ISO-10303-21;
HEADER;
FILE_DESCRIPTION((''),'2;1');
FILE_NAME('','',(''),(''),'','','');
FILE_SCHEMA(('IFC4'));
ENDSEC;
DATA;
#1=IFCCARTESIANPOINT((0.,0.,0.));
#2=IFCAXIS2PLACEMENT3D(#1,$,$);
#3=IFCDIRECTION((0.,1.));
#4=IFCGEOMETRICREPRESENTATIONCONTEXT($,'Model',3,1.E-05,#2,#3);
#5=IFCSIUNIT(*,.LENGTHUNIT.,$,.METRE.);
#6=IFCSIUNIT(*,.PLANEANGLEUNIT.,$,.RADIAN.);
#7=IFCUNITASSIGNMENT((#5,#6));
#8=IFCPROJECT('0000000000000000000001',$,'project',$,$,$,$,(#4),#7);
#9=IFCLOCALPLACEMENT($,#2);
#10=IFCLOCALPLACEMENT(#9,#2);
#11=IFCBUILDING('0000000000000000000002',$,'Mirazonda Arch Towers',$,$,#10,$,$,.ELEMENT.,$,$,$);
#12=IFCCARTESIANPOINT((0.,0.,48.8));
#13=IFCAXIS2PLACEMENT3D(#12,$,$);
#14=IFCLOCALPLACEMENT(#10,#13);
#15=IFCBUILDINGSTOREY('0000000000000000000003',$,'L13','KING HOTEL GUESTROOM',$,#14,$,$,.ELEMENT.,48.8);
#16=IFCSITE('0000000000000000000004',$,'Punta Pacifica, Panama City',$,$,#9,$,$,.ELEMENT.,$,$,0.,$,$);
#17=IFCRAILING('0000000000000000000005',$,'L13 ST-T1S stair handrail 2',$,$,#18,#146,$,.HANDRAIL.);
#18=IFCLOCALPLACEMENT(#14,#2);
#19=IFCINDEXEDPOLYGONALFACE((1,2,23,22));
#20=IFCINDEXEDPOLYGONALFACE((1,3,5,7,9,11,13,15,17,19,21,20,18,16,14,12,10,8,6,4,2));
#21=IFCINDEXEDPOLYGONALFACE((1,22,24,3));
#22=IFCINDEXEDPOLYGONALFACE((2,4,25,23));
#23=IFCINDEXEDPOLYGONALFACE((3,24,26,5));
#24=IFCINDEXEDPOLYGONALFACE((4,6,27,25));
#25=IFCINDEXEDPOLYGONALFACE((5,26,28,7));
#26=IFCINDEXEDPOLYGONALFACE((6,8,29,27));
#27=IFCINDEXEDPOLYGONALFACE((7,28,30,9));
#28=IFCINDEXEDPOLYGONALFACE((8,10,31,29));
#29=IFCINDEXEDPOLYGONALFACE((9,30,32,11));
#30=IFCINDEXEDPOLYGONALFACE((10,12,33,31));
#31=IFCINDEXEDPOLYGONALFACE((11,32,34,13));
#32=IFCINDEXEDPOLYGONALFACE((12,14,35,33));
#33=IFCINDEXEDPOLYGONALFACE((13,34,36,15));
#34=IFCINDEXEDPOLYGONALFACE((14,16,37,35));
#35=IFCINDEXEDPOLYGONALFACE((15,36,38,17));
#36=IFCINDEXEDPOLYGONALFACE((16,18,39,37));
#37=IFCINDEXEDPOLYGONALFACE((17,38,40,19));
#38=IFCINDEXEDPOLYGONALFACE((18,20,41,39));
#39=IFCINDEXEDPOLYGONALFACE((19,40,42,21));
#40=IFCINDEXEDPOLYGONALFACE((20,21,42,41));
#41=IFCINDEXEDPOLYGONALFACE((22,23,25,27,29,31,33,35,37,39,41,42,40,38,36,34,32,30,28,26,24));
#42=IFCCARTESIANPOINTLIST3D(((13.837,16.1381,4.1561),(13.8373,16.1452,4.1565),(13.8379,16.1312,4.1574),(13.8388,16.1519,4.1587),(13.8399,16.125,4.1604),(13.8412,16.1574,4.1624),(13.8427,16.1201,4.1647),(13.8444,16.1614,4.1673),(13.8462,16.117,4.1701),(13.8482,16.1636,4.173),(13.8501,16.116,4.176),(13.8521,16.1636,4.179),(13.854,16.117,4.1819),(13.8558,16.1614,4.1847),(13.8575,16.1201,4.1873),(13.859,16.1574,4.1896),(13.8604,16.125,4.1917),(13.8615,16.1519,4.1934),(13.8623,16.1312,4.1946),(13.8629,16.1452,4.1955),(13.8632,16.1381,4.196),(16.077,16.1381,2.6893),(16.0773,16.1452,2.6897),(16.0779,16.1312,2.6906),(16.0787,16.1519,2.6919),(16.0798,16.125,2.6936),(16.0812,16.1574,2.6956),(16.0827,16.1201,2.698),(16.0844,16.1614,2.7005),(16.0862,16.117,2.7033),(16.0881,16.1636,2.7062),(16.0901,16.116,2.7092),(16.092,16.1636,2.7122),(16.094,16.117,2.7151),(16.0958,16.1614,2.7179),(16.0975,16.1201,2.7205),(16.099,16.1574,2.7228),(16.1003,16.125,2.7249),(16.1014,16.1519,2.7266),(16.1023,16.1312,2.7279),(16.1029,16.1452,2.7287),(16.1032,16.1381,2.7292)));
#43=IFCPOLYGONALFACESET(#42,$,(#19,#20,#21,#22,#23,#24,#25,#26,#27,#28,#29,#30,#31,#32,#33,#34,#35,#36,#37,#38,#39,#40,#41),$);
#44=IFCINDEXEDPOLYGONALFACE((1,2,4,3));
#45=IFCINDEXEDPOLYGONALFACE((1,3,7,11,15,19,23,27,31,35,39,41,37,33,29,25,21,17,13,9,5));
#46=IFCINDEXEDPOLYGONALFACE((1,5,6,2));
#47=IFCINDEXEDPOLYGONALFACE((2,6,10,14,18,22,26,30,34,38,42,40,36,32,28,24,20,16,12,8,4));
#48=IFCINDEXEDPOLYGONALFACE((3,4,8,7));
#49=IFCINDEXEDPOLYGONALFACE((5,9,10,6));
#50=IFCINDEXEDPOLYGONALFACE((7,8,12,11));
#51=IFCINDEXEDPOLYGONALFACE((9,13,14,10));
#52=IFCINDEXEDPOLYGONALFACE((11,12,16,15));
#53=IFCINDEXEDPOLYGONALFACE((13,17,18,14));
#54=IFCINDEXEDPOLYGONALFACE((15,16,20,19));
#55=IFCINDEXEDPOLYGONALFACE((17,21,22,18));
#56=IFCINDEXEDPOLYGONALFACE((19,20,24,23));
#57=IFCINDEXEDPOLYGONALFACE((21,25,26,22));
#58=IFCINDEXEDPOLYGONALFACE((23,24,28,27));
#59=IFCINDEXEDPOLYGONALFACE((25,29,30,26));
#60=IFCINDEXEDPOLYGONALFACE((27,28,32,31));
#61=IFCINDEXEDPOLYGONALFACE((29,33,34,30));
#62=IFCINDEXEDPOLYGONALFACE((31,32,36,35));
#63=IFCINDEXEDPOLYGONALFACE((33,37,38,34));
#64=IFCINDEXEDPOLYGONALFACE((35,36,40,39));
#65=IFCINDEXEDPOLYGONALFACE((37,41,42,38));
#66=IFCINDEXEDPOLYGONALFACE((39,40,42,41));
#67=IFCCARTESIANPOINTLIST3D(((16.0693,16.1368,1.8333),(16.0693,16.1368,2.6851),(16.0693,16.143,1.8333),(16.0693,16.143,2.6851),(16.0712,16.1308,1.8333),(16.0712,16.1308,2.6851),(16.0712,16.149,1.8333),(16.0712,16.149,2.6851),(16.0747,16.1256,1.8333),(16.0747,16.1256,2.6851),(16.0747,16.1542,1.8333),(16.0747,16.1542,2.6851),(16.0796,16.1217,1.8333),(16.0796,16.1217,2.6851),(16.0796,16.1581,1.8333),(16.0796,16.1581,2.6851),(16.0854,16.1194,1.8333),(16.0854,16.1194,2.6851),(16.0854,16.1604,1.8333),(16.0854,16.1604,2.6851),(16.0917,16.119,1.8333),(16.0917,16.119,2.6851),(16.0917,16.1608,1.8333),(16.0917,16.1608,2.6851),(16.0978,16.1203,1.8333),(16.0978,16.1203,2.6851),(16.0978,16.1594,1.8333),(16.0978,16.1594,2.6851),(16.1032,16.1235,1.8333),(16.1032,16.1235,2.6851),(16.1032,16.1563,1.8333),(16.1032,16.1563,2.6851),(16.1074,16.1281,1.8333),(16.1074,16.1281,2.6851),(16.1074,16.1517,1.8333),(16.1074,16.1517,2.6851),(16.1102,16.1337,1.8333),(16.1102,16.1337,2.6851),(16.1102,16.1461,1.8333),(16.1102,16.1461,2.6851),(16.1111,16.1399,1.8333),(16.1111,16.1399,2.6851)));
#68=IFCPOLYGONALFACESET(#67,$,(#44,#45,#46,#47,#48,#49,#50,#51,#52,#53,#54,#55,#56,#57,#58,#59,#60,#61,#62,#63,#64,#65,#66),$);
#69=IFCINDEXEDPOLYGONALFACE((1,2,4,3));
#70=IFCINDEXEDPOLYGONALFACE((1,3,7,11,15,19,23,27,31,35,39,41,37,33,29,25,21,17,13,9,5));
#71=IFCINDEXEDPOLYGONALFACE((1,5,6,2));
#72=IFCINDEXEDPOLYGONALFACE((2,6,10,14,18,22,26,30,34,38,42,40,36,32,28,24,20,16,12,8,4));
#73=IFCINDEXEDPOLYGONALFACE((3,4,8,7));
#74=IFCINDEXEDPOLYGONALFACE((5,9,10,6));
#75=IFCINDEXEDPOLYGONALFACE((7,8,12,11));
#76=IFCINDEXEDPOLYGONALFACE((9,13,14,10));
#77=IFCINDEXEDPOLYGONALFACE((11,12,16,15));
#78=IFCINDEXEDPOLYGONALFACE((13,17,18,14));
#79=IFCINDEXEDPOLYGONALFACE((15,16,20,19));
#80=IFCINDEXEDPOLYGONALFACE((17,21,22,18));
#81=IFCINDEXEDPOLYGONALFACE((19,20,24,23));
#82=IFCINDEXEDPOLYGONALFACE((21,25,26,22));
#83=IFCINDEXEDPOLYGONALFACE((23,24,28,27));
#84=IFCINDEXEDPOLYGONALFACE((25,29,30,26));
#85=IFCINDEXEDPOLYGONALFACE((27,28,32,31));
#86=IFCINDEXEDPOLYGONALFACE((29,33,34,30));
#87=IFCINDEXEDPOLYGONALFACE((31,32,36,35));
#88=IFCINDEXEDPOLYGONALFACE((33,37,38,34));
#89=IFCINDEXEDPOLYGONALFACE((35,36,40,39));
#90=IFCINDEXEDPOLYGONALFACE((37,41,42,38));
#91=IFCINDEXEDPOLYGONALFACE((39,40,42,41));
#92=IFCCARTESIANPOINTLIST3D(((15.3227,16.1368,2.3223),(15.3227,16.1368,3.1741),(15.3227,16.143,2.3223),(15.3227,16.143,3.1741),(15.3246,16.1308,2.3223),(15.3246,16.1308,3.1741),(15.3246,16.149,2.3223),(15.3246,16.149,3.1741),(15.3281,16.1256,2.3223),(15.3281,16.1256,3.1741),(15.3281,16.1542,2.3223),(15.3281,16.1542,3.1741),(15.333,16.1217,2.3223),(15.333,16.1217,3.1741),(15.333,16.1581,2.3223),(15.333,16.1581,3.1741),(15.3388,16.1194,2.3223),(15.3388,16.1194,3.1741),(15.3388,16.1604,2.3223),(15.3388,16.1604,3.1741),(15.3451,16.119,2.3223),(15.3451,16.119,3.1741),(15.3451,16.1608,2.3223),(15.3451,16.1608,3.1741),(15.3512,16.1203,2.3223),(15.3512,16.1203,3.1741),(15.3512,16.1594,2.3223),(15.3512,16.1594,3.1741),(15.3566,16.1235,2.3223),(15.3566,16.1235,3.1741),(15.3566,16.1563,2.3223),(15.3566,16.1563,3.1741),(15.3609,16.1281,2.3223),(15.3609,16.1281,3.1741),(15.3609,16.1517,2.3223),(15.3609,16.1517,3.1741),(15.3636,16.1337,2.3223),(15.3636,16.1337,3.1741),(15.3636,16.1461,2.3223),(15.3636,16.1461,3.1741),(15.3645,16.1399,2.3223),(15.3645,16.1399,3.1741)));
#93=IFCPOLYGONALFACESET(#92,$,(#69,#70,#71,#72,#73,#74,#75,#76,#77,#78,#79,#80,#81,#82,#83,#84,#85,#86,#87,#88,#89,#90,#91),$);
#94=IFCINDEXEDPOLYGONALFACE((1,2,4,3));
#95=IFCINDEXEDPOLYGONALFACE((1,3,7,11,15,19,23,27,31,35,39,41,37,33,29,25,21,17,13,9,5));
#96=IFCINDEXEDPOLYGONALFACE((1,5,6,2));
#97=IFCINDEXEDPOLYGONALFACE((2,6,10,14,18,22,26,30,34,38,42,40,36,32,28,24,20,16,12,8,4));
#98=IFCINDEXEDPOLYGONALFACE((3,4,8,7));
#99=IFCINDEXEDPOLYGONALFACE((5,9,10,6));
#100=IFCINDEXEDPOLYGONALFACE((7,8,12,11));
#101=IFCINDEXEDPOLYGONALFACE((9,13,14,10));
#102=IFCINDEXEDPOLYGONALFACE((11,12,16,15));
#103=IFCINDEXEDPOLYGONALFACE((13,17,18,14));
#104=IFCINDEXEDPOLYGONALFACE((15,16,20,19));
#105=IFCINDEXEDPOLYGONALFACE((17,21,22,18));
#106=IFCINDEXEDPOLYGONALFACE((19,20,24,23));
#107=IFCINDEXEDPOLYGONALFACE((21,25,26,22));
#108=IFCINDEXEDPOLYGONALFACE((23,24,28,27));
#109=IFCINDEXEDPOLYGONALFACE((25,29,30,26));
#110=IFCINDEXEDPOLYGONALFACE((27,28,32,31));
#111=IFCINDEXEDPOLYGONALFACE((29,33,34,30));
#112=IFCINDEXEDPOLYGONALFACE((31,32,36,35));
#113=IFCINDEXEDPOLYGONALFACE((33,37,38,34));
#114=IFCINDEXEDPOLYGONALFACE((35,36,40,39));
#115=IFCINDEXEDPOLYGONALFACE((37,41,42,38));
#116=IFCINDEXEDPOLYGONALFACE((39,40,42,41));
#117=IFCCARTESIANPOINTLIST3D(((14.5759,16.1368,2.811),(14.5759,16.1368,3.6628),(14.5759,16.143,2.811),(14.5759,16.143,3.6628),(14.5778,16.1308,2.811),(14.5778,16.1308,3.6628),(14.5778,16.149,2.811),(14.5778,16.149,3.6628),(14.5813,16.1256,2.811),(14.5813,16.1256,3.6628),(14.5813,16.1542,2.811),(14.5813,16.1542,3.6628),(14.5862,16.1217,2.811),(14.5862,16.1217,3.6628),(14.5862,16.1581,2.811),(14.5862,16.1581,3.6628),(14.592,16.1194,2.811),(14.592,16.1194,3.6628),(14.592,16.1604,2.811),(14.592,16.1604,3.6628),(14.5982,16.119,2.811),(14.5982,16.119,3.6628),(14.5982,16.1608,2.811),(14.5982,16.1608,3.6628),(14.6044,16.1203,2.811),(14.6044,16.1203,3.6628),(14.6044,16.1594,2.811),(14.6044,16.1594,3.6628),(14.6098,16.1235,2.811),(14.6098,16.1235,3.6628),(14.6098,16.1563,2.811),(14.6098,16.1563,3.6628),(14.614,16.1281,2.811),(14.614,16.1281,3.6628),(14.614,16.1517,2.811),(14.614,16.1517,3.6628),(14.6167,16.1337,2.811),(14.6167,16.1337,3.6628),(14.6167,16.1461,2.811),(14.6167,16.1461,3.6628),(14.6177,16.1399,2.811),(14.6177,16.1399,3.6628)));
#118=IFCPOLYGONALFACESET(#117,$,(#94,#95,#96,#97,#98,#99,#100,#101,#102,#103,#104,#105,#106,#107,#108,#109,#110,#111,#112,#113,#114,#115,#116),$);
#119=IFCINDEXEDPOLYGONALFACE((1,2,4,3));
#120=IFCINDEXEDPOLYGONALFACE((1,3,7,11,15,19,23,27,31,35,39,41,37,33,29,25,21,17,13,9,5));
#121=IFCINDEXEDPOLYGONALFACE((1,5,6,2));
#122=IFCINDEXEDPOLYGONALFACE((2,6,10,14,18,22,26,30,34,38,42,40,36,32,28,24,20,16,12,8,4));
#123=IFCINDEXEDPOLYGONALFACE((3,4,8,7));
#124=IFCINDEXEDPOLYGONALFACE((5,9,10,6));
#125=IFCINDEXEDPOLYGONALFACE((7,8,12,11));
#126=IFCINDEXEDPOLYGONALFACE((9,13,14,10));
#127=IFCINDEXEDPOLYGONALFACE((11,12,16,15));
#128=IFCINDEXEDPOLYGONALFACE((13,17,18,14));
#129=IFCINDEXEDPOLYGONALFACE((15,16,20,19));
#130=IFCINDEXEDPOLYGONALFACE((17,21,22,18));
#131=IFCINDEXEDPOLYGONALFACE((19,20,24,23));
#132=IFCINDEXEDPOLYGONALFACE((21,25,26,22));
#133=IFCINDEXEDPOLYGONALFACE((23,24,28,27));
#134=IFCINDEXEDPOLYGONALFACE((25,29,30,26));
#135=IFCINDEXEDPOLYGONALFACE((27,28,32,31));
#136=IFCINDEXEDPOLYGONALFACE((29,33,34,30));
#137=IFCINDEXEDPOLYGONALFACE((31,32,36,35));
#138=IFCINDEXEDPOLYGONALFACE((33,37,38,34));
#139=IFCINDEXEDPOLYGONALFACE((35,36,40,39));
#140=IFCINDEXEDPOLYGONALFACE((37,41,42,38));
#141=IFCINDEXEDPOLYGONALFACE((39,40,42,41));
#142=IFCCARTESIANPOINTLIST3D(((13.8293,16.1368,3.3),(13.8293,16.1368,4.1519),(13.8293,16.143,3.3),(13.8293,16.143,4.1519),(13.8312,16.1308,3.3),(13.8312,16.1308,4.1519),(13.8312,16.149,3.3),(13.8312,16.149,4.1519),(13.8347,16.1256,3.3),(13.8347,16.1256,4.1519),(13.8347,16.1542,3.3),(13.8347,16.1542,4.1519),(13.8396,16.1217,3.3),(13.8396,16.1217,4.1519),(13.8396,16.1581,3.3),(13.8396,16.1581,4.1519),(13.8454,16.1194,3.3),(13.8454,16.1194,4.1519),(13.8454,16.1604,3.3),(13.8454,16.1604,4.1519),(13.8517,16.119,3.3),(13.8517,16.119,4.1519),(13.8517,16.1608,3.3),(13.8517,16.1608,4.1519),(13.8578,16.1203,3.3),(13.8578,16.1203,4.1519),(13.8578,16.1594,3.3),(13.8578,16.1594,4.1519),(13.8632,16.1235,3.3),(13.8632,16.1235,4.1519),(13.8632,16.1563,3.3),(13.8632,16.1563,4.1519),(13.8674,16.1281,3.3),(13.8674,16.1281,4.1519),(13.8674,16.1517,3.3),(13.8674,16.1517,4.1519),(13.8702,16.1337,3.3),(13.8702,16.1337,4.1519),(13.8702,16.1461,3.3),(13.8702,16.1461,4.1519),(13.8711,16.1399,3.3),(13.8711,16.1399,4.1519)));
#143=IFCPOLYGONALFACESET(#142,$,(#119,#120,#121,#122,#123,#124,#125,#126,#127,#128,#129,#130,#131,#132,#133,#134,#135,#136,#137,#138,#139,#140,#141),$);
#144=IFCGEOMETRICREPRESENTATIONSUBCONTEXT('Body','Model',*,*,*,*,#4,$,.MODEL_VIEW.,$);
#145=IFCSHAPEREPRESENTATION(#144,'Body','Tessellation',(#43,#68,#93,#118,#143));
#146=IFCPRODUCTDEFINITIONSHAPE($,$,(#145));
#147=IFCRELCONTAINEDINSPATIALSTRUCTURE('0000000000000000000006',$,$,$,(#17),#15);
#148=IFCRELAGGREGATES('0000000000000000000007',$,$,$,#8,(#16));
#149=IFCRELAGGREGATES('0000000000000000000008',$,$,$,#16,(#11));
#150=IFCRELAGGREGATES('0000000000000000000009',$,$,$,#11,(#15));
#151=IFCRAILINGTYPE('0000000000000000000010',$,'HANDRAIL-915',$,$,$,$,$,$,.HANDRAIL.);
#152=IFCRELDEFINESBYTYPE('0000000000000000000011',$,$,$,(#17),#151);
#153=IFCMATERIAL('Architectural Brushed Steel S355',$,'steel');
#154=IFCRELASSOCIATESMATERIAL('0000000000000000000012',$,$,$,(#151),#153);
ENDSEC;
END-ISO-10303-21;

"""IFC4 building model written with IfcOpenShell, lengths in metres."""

from ifc_helpers import new_model, si_unit, direction, frame, origin, origin_2d, place, context, subcontext, project, spatial, circle, extrude, material, type_object, element, save


model = new_model("IFC4")

# Units and contexts
model_context = context("Model", 3, precision=1e-05, world=origin(), true_north=direction((0.0, 1.0)))
body_context = subcontext(model_context, "Body", "Model", "MODEL_VIEW")
ifc_project = project(units=[si_unit("LENGTHUNIT", "METRE"), si_unit("PLANEANGLEUNIT", "RADIAN")], contexts=[model_context])

# Site, building, storey
site_placement = place(None, origin())
site = spatial("IfcSite", under=ifc_project, at=site_placement, Name="Punta Pacifica, Panama City", CompositionType="ELEMENT", RefElevation=0.0)
building_placement = place(site_placement, origin())
building = spatial("IfcBuilding", under=site, at=building_placement, Name="Mirazonda Arch Towers", CompositionType="ELEMENT")
storey_placement = place(building_placement, frame((0.0, 0.0, 48.8)))
storey = spatial("IfcBuildingStorey", under=building, at=storey_placement, Name="L13", Description="KING HOTEL GUESTROOM", CompositionType="ELEMENT", Elevation=48.8)

# Railing
ifc_material_1 = material(Name="Architectural Brushed Steel S355", Category="steel")
railing_type_1 = type_object("IfcRailingType", Name="HANDRAIL-915", PredefinedType="HANDRAIL", material=ifc_material_1)
railing_1_placement = place(storey_placement, frame((16.0901, 16.1399, 1.8333)))
element("IfcRailing", 1, at=railing_1_placement, inside=storey, type_object=railing_type_1, Name="L13 ST-T1S stair handrail 2", PredefinedType="HANDRAIL", context=body_context, shape_type="SweptSolid", body=[
    extrude(circle(Radius=0.0239, at=origin_2d()), frame((0.0, 0.0, 0.876), z_axis=(-0.836595, 0.0, 0.547822), x_axis=(0.0, -1.0, 0.0)), (0.0, 0.0, 1.0), 2.6775),
    extrude(circle(Radius=0.021, at=origin_2d()), origin(), (0.0, 0.0, 1.0), 0.8518),
    extrude(circle(Radius=0.021, at=origin_2d()), frame((-0.7466, 0.0, 0.489)), (0.0, 0.0, 1.0), 0.8518),
    extrude(circle(Radius=0.021, at=origin_2d()), frame((-1.4934, 0.0, 0.9778)), (0.0, 0.0, 1.0), 0.8518),
    extrude(circle(Radius=0.021, at=origin_2d()), frame((-2.24, 0.0, 1.4668)), (0.0, 0.0, 1.0), 0.8518),
])

save(model, "model.ifc")
